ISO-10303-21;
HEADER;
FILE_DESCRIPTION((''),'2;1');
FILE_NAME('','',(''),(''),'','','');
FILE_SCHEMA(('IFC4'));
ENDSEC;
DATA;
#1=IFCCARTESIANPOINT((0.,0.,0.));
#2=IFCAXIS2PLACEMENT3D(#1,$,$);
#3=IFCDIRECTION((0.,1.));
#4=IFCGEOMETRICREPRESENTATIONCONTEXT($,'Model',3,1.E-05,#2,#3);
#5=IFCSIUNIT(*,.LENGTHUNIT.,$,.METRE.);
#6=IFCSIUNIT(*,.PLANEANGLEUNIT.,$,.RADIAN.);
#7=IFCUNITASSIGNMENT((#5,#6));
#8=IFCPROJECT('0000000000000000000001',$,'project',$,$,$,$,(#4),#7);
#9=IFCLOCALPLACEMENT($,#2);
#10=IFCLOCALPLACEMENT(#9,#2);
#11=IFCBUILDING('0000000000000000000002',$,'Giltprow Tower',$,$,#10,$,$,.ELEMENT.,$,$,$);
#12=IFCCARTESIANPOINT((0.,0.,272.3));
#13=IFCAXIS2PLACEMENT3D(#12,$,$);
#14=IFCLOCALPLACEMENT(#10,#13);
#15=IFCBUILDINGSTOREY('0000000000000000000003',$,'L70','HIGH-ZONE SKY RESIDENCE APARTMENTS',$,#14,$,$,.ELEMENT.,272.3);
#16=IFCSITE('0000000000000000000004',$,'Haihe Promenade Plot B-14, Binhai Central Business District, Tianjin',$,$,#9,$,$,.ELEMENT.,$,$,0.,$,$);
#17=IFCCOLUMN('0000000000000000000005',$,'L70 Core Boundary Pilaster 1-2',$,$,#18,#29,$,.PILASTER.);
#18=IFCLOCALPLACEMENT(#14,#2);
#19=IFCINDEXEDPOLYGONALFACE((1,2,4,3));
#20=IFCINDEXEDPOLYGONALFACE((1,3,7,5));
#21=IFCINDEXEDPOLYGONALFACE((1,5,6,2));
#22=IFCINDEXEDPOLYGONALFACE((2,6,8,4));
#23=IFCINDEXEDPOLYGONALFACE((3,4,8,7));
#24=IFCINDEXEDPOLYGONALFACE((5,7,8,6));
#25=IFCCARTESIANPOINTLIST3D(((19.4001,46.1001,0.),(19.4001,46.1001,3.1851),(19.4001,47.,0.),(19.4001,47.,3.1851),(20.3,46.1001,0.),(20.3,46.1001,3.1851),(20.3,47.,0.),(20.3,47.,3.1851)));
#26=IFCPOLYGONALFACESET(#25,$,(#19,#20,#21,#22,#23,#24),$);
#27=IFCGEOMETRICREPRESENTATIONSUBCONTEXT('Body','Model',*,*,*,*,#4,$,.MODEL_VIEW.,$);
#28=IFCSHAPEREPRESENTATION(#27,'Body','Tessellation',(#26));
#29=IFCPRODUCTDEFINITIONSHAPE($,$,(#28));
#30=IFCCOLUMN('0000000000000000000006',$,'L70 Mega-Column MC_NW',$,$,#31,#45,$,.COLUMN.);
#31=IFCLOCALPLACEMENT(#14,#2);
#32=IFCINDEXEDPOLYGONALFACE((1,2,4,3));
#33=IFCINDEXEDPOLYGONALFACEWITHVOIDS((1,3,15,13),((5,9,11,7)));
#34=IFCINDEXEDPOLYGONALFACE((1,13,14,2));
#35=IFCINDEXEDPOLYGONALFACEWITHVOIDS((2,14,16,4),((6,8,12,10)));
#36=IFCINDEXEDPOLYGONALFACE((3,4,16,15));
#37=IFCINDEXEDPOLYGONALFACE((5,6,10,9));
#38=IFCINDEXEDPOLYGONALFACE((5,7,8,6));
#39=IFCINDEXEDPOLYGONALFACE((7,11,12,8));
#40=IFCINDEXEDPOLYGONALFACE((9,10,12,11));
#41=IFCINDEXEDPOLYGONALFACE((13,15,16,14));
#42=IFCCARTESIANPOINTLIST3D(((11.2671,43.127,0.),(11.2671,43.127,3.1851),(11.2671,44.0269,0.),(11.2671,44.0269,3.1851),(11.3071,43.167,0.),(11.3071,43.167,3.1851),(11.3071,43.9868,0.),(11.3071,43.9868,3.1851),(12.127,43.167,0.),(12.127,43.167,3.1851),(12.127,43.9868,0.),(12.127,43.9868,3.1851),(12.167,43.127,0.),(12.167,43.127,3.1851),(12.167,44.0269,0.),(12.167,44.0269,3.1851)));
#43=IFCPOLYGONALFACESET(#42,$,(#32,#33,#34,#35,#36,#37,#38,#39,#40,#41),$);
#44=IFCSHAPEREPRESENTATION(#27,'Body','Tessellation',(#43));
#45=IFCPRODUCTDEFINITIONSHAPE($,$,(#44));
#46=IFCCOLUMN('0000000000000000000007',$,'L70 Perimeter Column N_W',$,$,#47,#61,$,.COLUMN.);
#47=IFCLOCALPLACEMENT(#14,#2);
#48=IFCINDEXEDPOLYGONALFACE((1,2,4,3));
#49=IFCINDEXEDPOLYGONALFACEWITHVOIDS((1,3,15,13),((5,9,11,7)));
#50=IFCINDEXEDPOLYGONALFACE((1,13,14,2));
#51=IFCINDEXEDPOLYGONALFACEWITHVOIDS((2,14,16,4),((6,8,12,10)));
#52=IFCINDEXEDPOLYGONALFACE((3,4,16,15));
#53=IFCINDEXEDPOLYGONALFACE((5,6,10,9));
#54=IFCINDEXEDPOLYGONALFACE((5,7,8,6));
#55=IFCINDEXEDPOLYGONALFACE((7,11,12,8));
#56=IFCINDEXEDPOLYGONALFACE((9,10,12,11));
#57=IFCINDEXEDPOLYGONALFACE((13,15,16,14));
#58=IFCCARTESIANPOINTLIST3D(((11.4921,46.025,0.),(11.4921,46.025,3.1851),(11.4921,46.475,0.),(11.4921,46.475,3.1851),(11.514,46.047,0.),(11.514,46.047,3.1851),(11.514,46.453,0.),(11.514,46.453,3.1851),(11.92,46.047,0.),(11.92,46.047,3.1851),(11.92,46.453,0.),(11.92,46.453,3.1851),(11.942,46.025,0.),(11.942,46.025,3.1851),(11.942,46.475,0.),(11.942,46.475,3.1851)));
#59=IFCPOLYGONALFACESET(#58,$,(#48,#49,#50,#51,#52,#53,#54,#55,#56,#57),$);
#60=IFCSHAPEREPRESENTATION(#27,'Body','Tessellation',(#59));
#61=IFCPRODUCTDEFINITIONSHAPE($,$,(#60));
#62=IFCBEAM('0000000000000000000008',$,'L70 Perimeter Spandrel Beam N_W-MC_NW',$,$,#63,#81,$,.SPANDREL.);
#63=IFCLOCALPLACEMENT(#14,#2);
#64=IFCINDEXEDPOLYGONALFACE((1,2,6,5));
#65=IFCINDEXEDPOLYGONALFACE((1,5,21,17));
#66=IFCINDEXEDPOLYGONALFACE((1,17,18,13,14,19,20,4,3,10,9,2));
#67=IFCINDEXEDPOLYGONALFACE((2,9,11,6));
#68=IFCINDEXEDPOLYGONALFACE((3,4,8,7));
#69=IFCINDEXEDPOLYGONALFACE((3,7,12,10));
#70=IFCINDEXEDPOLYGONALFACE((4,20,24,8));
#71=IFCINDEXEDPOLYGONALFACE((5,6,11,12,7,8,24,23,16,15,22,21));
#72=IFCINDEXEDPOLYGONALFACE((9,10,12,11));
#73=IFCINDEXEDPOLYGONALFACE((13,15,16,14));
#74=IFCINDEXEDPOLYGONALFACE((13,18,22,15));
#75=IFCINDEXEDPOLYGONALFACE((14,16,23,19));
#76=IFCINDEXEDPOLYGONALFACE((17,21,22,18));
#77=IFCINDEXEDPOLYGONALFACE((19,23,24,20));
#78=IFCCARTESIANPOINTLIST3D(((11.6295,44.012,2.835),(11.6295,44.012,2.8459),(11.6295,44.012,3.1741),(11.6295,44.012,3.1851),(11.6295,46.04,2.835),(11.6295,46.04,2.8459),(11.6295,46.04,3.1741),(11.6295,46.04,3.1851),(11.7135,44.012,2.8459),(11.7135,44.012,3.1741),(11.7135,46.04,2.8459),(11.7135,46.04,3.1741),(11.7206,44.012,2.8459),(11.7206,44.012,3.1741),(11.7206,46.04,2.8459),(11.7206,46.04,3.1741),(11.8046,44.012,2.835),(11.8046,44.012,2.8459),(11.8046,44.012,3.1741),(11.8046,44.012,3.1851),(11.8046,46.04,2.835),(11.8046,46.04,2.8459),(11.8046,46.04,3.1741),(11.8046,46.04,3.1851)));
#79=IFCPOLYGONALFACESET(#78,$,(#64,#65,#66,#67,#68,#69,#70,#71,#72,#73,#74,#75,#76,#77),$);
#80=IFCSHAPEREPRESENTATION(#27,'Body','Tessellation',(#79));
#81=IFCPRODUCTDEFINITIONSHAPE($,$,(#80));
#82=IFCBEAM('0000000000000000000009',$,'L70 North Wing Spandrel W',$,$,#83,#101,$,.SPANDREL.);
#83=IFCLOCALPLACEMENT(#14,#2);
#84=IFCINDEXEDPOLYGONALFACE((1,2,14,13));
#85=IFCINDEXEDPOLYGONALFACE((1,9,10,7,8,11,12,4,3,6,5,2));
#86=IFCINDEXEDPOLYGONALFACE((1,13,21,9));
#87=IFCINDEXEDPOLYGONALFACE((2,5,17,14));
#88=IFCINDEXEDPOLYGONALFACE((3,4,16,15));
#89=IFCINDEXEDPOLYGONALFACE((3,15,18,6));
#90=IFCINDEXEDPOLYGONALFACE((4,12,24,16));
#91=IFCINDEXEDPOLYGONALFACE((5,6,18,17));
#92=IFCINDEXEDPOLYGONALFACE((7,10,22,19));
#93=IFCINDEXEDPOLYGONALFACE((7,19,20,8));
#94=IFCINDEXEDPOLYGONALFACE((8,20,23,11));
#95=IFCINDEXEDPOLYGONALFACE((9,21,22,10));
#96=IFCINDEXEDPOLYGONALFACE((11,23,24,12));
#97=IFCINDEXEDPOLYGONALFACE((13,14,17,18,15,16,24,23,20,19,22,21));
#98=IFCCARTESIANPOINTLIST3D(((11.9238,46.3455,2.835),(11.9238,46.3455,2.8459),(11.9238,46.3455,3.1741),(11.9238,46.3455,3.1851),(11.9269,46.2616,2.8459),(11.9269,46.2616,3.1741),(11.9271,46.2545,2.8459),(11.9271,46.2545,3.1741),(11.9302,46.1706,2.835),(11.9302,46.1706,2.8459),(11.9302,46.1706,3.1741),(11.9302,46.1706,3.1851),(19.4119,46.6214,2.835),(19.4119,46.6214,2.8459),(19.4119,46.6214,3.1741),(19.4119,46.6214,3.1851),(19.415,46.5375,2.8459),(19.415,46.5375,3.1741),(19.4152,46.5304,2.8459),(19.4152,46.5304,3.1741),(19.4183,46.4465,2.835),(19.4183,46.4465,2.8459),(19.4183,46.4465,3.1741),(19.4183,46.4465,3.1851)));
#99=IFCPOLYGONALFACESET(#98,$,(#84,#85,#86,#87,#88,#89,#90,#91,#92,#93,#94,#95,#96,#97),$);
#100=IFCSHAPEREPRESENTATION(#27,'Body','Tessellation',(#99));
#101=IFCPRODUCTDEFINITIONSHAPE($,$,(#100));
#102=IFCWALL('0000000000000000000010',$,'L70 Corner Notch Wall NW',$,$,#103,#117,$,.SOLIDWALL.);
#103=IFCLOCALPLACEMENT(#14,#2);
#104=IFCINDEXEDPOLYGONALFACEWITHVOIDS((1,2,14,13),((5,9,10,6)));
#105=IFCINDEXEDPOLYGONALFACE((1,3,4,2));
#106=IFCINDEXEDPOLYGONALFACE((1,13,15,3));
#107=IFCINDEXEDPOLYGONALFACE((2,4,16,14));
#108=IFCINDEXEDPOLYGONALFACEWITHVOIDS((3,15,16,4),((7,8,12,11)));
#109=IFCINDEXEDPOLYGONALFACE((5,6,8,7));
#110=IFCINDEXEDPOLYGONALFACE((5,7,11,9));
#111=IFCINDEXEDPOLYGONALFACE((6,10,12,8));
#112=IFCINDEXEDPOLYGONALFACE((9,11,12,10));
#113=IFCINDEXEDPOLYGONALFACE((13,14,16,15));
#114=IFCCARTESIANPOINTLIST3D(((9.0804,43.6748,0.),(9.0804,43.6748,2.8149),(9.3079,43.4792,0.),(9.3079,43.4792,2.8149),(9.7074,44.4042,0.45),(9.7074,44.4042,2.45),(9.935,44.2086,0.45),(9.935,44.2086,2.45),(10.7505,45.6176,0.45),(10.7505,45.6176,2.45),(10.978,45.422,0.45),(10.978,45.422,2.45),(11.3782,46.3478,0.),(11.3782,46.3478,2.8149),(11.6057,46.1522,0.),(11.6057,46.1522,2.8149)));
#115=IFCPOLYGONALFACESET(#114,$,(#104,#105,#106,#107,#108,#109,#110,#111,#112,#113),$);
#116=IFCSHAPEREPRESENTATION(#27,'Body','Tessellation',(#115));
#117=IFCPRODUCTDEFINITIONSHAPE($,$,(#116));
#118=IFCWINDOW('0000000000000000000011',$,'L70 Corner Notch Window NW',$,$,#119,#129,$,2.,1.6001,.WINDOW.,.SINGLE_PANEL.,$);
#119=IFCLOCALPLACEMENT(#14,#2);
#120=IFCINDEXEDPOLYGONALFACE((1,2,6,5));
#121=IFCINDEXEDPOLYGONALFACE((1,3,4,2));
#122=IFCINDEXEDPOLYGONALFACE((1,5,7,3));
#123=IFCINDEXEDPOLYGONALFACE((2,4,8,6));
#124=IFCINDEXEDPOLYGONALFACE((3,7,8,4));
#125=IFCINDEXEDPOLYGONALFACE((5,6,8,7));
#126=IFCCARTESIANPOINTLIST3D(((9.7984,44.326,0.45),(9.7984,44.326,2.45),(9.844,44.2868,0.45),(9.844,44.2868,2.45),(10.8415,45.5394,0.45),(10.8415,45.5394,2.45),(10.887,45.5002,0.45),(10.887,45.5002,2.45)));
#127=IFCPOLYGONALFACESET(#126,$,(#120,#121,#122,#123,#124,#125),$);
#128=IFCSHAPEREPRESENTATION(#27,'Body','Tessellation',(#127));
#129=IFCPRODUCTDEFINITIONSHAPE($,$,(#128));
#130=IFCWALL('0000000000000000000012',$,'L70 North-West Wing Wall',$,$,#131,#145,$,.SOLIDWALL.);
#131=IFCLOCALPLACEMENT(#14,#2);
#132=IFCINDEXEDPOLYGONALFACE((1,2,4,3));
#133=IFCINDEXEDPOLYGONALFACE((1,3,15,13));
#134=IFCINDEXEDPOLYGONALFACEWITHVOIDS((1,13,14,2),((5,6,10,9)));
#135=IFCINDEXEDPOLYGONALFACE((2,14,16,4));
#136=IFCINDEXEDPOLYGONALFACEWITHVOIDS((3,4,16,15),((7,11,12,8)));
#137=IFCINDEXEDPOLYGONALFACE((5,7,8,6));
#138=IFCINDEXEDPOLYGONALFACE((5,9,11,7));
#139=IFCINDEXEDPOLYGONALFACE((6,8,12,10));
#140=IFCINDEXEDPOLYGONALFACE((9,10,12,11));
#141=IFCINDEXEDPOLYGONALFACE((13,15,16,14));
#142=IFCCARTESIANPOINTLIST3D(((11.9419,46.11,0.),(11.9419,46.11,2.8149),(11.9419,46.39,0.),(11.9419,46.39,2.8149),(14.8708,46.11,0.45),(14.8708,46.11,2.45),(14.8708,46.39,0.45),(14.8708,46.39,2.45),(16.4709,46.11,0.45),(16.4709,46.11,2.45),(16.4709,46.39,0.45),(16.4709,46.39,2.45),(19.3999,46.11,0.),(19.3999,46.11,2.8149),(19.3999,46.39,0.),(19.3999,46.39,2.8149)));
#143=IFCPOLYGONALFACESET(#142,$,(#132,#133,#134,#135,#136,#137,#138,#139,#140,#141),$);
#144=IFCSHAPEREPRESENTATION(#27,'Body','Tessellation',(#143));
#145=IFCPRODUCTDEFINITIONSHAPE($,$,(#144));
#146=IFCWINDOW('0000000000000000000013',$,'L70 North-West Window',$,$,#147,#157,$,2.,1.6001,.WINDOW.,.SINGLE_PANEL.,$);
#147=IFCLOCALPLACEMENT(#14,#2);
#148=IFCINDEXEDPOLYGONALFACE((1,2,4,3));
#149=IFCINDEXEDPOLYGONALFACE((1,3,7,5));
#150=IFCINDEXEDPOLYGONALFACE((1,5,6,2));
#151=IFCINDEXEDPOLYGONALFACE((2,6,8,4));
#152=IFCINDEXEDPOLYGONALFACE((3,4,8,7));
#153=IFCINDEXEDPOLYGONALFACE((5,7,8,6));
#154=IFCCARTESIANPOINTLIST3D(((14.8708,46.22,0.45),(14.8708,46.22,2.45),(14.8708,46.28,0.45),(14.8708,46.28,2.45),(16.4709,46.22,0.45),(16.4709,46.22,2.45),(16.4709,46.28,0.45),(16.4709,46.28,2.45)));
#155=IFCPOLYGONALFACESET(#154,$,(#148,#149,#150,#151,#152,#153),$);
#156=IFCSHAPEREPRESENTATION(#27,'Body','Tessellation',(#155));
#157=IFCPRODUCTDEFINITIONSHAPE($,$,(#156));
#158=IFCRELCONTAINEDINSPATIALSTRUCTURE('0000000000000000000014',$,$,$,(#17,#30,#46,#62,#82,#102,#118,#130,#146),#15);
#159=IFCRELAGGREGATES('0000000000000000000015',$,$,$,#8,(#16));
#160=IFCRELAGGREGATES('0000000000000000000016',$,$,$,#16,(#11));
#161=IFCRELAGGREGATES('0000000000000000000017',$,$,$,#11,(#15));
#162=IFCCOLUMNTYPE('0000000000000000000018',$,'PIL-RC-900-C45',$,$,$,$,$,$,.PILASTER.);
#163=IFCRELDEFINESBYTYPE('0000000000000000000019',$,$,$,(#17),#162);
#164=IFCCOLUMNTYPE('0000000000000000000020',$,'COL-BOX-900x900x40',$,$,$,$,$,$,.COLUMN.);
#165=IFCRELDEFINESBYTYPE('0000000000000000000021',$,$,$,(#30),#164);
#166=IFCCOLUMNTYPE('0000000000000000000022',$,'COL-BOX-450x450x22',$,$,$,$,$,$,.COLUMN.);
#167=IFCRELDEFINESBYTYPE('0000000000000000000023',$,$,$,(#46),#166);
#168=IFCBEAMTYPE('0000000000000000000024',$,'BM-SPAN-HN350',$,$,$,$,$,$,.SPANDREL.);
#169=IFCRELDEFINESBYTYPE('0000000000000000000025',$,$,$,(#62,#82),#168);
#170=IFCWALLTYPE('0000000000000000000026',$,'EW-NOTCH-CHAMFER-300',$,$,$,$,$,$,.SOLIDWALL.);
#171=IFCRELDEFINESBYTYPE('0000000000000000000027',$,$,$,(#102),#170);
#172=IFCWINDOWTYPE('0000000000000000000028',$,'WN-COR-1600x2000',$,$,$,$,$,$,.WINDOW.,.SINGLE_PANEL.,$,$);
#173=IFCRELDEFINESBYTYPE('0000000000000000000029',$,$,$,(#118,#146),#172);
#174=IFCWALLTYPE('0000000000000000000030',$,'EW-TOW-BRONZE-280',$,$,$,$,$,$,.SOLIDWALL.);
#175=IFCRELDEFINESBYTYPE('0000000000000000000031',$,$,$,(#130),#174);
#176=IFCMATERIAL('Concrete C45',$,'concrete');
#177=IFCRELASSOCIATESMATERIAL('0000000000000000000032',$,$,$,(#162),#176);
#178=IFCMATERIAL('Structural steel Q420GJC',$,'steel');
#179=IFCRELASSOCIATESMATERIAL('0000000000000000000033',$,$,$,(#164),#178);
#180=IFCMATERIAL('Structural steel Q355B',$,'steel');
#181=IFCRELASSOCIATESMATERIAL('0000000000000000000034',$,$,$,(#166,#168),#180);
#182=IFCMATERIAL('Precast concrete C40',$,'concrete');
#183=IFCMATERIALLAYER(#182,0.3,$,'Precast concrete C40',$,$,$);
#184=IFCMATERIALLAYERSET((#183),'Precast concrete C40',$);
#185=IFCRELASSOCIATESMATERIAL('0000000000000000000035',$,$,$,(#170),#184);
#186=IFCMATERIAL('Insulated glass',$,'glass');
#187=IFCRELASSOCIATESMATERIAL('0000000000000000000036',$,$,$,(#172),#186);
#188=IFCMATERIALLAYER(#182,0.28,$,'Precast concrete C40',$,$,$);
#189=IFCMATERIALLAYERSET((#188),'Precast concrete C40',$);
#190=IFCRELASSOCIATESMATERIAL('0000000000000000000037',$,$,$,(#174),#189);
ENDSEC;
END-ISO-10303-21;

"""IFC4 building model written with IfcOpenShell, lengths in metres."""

from ifc_helpers import new_model, si_unit, direction, frame, frame_2d, origin, origin_2d, place, context, subcontext, project, spatial, rectangle, hollow_rectangle, i_section, extrude, source, transform, mapped, material, layer, layer_set, material_profile, profile_set, type_object, element, fill, save


model = new_model("IFC4")

# Units and contexts
model_context = context("Model", 3, precision=1e-05, world=origin(), true_north=direction((0.0, 1.0)))
body_context = subcontext(model_context, "Body", "Model", "MODEL_VIEW")
ifc_project = project(units=[si_unit("LENGTHUNIT", "METRE"), si_unit("PLANEANGLEUNIT", "RADIAN")], contexts=[model_context])

# Site, building, storey
site_placement = place(None, origin())
site = spatial("IfcSite", under=ifc_project, at=site_placement, Name="Haihe Promenade Plot B-14, Binhai Central Business District, Tianjin", CompositionType="ELEMENT", RefElevation=0.0)
building_placement = place(site_placement, origin())
building = spatial("IfcBuilding", under=site, at=building_placement, Name="Giltprow Tower", CompositionType="ELEMENT")
storey_placement = place(building_placement, frame((0.0, 0.0, 272.3)))
storey = spatial("IfcBuildingStorey", under=building, at=storey_placement, Name="L70", Description="HIGH-ZONE SKY RESIDENCE APARTMENTS", CompositionType="ELEMENT", Elevation=272.3)

# Columns
ifc_material_1 = material(Name="Concrete C45", Category="concrete")
ifc_material_profile_1 = material_profile(ifc_material_1, rectangle(XDim=0.8999, YDim=0.8999, at=origin_2d()), Name="RC 900x900")
ifc_profile_set_1 = profile_set([ifc_material_profile_1], Name="Concrete C45")
column_type_1 = type_object("IfcColumnType", Name="PIL-RC-900-C45", PredefinedType="PILASTER", material=ifc_profile_set_1)
shared_shape_1 = source(origin(), body_context, "Body", "SweptSolid", [
    extrude(rectangle(XDim=0.8999, YDim=0.8999, at=origin_2d()), origin(), (0.0, 0.0, 1.0), 3.1851),
])
column_1_placement = place(storey_placement, frame((19.8501, 46.55, 0.0), z_axis=(0.0, 0.0, 1.0), x_axis=(1.0, 0.0, 0.0)))
element("IfcColumn", 1, at=column_1_placement, inside=storey, type_object=column_type_1, Name="L70 Core Boundary Pilaster 1-2", PredefinedType="PILASTER", context=body_context, shape_type="MappedRepresentation", body=[
    mapped(shared_shape_1, transform((0.0, 0.0, 0.0), x_axis=(1.0, 0.0, 0.0), y_axis=(0.0, 1.0, 0.0), z_axis=(0.0, 0.0, 1.0), scale=1.0)),
])
ifc_material_2 = material(Name="Structural steel Q420GJC", Category="steel")
ifc_material_profile_2 = material_profile(ifc_material_2, hollow_rectangle(XDim=0.8999, YDim=0.8999, WallThickness=0.04, at=origin_2d()), Name="BOX 900x900x40")
ifc_profile_set_2 = profile_set([ifc_material_profile_2], Name="Structural steel Q420GJC")
column_type_2 = type_object("IfcColumnType", Name="COL-BOX-900x900x40", PredefinedType="COLUMN", material=ifc_profile_set_2)
shared_shape_2 = source(origin(), body_context, "Body", "SweptSolid", [
    extrude(hollow_rectangle(XDim=0.8999, YDim=0.8999, WallThickness=0.04, at=origin_2d()), origin(), (0.0, 0.0, 1.0), 3.1851),
])
column_2_placement = place(storey_placement, frame((11.717, 43.5769, 0.0), z_axis=(0.0, 0.0, 1.0), x_axis=(1.0, 0.0, 0.0)))
element("IfcColumn", 2, at=column_2_placement, inside=storey, type_object=column_type_2, Name="L70 Mega-Column MC_NW", PredefinedType="COLUMN", context=body_context, shape_type="MappedRepresentation", body=[
    mapped(shared_shape_2, transform((0.0, 0.0, 0.0), x_axis=(1.0, 0.0, 0.0), y_axis=(0.0, 1.0, 0.0), z_axis=(0.0, 0.0, 1.0), scale=1.0)),
])
ifc_material_3 = material(Name="Structural steel Q355B", Category="steel")
ifc_material_profile_3 = material_profile(ifc_material_3, hollow_rectangle(XDim=0.45, YDim=0.45, WallThickness=0.022, at=origin_2d()), Name="BOX 450x450x22")
ifc_profile_set_3 = profile_set([ifc_material_profile_3], Name="Structural steel Q355B")
column_type_3 = type_object("IfcColumnType", Name="COL-BOX-450x450x22", PredefinedType="COLUMN", material=ifc_profile_set_3)
shared_shape_3 = source(origin(), body_context, "Body", "SweptSolid", [
    extrude(hollow_rectangle(XDim=0.45, YDim=0.45, WallThickness=0.022, at=origin_2d()), origin(), (0.0, 0.0, 1.0), 3.1851),
])
column_3_placement = place(storey_placement, frame((11.717, 46.25, 0.0), z_axis=(0.0, 0.0, 1.0), x_axis=(1.0, 0.0, 0.0)))
element("IfcColumn", 3, at=column_3_placement, inside=storey, type_object=column_type_3, Name="L70 Perimeter Column N_W", PredefinedType="COLUMN", context=body_context, shape_type="MappedRepresentation", body=[
    mapped(shared_shape_3, transform((0.0, 0.0, 0.0), x_axis=(1.0, 0.0, 0.0), y_axis=(0.0, 1.0, 0.0), z_axis=(0.0, 0.0, 1.0), scale=1.0)),
])

# Beams
ifc_material_profile_4 = material_profile(ifc_material_3, i_section(OverallWidth=0.175, OverallDepth=0.3501, WebThickness=0.0071, FlangeThickness=0.011, at=origin_2d()), Name="HN 350x175x7x11")
ifc_profile_set_4 = profile_set([ifc_material_profile_4], Name="Structural steel Q355B")
beam_type = type_object("IfcBeamType", Name="BM-SPAN-HN350", PredefinedType="SPANDREL", material=ifc_profile_set_4)
shared_shape_4 = source(origin(), body_context, "Body", "SweptSolid", [
    extrude(i_section(OverallWidth=0.175, OverallDepth=0.3501, WebThickness=0.0071, FlangeThickness=0.011, at=origin_2d()), origin(), (0.0, 0.0, 1.0), 2.0281),
])
beam_1_placement = place(storey_placement, frame((11.717, 46.04, 3.01), z_axis=(0.0, -1.0, 0.0), x_axis=(1.0, 0.0, 0.0)))
element("IfcBeam", 4, at=beam_1_placement, inside=storey, type_object=beam_type, Name="L70 Perimeter Spandrel Beam N_W-MC_NW", PredefinedType="SPANDREL", context=body_context, shape_type="MappedRepresentation", body=[
    mapped(shared_shape_4, transform((0.0, 0.0, 0.0), x_axis=(1.0, 0.0, 0.0), y_axis=(0.0, 1.0, 0.0), z_axis=(0.0, 0.0, 1.0), scale=1.0)),
])
shared_shape_5 = source(origin(), body_context, "Body", "SweptSolid", [
    extrude(i_section(OverallWidth=0.175, OverallDepth=0.3501, WebThickness=0.0071, FlangeThickness=0.011, at=origin_2d()), origin(), (0.0, 0.0, 1.0), 7.4932),
])
beam_2_placement = place(storey_placement, frame((11.927, 46.2581, 3.01), z_axis=(0.999322, 0.036818, 0.0), x_axis=(-0.036818, 0.999322, 0.0)))
element("IfcBeam", 5, at=beam_2_placement, inside=storey, type_object=beam_type, Name="L70 North Wing Spandrel W", PredefinedType="SPANDREL", context=body_context, shape_type="MappedRepresentation", body=[
    mapped(shared_shape_5, transform((0.0, 0.0, 0.0), x_axis=(1.0, 0.0, 0.0), y_axis=(0.0, 1.0, 0.0), z_axis=(0.0, 0.0, 1.0), scale=1.0)),
])

# Walls, openings, windows
ifc_material_4 = material(Name="Precast concrete C40", Category="concrete")
ifc_layer_1 = layer(ifc_material_4, 0.3, Name="Precast concrete C40")
ifc_layer_set_1 = layer_set([ifc_layer_1], Name="Precast concrete C40")
wall_type_1 = type_object("IfcWallType", Name="EW-NOTCH-CHAMFER-300", PredefinedType="SOLIDWALL", material=ifc_layer_set_1)
wall_1_placement = place(storey_placement, frame((11.4919, 46.25, 0.0), z_axis=(0.0, 0.0, 1.0), x_axis=(-0.651874, -0.758327, 0.0)))
wall_1 = element("IfcWall", 6, at=wall_1_placement, inside=storey, type_object=wall_type_1, Name="L70 Corner Notch Wall NW", PredefinedType="SOLIDWALL", context=body_context, shape_type="SweptSolid", body=[
    extrude(rectangle(XDim=3.5249, YDim=0.3, at=frame_2d((1.7625, 0.0))), origin(), (0.0, 0.0, 1.0), 2.8149),
])
opening_1_placement = place(wall_1_placement, frame((0.9629, 0.0, 0.45)))
opening_1 = element("IfcOpeningElement", 7, at=opening_1_placement, cuts=wall_1, PredefinedType="OPENING", context=body_context, shape_type="SweptSolid", body=[
    extrude(rectangle(XDim=1.6001, YDim=2.0, at=frame_2d((0.8, 1.0))), frame((0.0, 0.1599, 0.0), z_axis=(0.0, -1.0, 0.0), x_axis=(1.0, 0.0, 0.0)), (0.0, 0.0, 1.0), 0.3201),
])
ifc_material_5 = material(Name="Insulated glass", Category="glass")
window_type = type_object("IfcWindowType", Name="WN-COR-1600x2000", PartitioningType="SINGLE_PANEL", PredefinedType="WINDOW", material=ifc_material_5)
shared_shape_6 = source(origin(), body_context, "Body", "SweptSolid", [
    extrude(rectangle(XDim=1.6001, YDim=2.0, at=frame_2d((0.8, 1.0))), frame((0.0, 0.03, 0.0), z_axis=(0.0, -1.0, 0.0), x_axis=(1.0, 0.0, 0.0)), (0.0, 0.0, 1.0), 0.0601),
])
window_1_placement = place(opening_1_placement, origin())
window_1 = element("IfcWindow", 8, at=window_1_placement, inside=storey, type_object=window_type, Name="L70 Corner Notch Window NW", OverallHeight=2.0, OverallWidth=1.6001, PartitioningType="SINGLE_PANEL", PredefinedType="WINDOW", context=body_context, shape_type="MappedRepresentation", body=[
    mapped(shared_shape_6, transform((0.0, 0.0, 0.0), x_axis=(1.0, 0.0, 0.0), y_axis=(0.0, 1.0, 0.0), z_axis=(0.0, 0.0, 1.0), scale=1.0)),
])
fill(opening_1, window_1)
ifc_layer_2 = layer(ifc_material_4, 0.28, Name="Precast concrete C40")
ifc_layer_set_2 = layer_set([ifc_layer_2], Name="Precast concrete C40")
wall_type_2 = type_object("IfcWallType", Name="EW-TOW-BRONZE-280", PredefinedType="SOLIDWALL", material=ifc_layer_set_2)
wall_2_placement = place(storey_placement, frame((11.9419, 46.25, 0.0), z_axis=(0.0, 0.0, 1.0), x_axis=(1.0, 0.0, 0.0)))
wall_2 = element("IfcWall", 9, at=wall_2_placement, inside=storey, type_object=wall_type_2, Name="L70 North-West Wing Wall", PredefinedType="SOLIDWALL", context=body_context, shape_type="SweptSolid", body=[
    extrude(rectangle(XDim=7.458, YDim=0.28, at=frame_2d((3.729, 0.0))), origin(), (0.0, 0.0, 1.0), 2.8149),
])
opening_2_placement = place(wall_2_placement, frame((2.929, 0.0, 0.45)))
opening_2 = element("IfcOpeningElement", 10, at=opening_2_placement, cuts=wall_2, PredefinedType="OPENING", context=body_context, shape_type="SweptSolid", body=[
    extrude(rectangle(XDim=1.6001, YDim=2.0, at=frame_2d((0.8, 1.0))), frame((0.0, 0.1499, 0.0), z_axis=(0.0, -1.0, 0.0), x_axis=(1.0, 0.0, 0.0)), (0.0, 0.0, 1.0), 0.3),
])
window_2_placement = place(opening_2_placement, origin())
window_2 = element("IfcWindow", 11, at=window_2_placement, inside=storey, type_object=window_type, Name="L70 North-West Window", OverallHeight=2.0, OverallWidth=1.6001, PartitioningType="SINGLE_PANEL", PredefinedType="WINDOW", context=body_context, shape_type="MappedRepresentation", body=[
    mapped(shared_shape_6, transform((0.0, 0.0, 0.0), x_axis=(1.0, 0.0, 0.0), y_axis=(0.0, 1.0, 0.0), z_axis=(0.0, 0.0, 1.0), scale=1.0)),
])
fill(opening_2, window_2)

save(model, "model.ifc")
